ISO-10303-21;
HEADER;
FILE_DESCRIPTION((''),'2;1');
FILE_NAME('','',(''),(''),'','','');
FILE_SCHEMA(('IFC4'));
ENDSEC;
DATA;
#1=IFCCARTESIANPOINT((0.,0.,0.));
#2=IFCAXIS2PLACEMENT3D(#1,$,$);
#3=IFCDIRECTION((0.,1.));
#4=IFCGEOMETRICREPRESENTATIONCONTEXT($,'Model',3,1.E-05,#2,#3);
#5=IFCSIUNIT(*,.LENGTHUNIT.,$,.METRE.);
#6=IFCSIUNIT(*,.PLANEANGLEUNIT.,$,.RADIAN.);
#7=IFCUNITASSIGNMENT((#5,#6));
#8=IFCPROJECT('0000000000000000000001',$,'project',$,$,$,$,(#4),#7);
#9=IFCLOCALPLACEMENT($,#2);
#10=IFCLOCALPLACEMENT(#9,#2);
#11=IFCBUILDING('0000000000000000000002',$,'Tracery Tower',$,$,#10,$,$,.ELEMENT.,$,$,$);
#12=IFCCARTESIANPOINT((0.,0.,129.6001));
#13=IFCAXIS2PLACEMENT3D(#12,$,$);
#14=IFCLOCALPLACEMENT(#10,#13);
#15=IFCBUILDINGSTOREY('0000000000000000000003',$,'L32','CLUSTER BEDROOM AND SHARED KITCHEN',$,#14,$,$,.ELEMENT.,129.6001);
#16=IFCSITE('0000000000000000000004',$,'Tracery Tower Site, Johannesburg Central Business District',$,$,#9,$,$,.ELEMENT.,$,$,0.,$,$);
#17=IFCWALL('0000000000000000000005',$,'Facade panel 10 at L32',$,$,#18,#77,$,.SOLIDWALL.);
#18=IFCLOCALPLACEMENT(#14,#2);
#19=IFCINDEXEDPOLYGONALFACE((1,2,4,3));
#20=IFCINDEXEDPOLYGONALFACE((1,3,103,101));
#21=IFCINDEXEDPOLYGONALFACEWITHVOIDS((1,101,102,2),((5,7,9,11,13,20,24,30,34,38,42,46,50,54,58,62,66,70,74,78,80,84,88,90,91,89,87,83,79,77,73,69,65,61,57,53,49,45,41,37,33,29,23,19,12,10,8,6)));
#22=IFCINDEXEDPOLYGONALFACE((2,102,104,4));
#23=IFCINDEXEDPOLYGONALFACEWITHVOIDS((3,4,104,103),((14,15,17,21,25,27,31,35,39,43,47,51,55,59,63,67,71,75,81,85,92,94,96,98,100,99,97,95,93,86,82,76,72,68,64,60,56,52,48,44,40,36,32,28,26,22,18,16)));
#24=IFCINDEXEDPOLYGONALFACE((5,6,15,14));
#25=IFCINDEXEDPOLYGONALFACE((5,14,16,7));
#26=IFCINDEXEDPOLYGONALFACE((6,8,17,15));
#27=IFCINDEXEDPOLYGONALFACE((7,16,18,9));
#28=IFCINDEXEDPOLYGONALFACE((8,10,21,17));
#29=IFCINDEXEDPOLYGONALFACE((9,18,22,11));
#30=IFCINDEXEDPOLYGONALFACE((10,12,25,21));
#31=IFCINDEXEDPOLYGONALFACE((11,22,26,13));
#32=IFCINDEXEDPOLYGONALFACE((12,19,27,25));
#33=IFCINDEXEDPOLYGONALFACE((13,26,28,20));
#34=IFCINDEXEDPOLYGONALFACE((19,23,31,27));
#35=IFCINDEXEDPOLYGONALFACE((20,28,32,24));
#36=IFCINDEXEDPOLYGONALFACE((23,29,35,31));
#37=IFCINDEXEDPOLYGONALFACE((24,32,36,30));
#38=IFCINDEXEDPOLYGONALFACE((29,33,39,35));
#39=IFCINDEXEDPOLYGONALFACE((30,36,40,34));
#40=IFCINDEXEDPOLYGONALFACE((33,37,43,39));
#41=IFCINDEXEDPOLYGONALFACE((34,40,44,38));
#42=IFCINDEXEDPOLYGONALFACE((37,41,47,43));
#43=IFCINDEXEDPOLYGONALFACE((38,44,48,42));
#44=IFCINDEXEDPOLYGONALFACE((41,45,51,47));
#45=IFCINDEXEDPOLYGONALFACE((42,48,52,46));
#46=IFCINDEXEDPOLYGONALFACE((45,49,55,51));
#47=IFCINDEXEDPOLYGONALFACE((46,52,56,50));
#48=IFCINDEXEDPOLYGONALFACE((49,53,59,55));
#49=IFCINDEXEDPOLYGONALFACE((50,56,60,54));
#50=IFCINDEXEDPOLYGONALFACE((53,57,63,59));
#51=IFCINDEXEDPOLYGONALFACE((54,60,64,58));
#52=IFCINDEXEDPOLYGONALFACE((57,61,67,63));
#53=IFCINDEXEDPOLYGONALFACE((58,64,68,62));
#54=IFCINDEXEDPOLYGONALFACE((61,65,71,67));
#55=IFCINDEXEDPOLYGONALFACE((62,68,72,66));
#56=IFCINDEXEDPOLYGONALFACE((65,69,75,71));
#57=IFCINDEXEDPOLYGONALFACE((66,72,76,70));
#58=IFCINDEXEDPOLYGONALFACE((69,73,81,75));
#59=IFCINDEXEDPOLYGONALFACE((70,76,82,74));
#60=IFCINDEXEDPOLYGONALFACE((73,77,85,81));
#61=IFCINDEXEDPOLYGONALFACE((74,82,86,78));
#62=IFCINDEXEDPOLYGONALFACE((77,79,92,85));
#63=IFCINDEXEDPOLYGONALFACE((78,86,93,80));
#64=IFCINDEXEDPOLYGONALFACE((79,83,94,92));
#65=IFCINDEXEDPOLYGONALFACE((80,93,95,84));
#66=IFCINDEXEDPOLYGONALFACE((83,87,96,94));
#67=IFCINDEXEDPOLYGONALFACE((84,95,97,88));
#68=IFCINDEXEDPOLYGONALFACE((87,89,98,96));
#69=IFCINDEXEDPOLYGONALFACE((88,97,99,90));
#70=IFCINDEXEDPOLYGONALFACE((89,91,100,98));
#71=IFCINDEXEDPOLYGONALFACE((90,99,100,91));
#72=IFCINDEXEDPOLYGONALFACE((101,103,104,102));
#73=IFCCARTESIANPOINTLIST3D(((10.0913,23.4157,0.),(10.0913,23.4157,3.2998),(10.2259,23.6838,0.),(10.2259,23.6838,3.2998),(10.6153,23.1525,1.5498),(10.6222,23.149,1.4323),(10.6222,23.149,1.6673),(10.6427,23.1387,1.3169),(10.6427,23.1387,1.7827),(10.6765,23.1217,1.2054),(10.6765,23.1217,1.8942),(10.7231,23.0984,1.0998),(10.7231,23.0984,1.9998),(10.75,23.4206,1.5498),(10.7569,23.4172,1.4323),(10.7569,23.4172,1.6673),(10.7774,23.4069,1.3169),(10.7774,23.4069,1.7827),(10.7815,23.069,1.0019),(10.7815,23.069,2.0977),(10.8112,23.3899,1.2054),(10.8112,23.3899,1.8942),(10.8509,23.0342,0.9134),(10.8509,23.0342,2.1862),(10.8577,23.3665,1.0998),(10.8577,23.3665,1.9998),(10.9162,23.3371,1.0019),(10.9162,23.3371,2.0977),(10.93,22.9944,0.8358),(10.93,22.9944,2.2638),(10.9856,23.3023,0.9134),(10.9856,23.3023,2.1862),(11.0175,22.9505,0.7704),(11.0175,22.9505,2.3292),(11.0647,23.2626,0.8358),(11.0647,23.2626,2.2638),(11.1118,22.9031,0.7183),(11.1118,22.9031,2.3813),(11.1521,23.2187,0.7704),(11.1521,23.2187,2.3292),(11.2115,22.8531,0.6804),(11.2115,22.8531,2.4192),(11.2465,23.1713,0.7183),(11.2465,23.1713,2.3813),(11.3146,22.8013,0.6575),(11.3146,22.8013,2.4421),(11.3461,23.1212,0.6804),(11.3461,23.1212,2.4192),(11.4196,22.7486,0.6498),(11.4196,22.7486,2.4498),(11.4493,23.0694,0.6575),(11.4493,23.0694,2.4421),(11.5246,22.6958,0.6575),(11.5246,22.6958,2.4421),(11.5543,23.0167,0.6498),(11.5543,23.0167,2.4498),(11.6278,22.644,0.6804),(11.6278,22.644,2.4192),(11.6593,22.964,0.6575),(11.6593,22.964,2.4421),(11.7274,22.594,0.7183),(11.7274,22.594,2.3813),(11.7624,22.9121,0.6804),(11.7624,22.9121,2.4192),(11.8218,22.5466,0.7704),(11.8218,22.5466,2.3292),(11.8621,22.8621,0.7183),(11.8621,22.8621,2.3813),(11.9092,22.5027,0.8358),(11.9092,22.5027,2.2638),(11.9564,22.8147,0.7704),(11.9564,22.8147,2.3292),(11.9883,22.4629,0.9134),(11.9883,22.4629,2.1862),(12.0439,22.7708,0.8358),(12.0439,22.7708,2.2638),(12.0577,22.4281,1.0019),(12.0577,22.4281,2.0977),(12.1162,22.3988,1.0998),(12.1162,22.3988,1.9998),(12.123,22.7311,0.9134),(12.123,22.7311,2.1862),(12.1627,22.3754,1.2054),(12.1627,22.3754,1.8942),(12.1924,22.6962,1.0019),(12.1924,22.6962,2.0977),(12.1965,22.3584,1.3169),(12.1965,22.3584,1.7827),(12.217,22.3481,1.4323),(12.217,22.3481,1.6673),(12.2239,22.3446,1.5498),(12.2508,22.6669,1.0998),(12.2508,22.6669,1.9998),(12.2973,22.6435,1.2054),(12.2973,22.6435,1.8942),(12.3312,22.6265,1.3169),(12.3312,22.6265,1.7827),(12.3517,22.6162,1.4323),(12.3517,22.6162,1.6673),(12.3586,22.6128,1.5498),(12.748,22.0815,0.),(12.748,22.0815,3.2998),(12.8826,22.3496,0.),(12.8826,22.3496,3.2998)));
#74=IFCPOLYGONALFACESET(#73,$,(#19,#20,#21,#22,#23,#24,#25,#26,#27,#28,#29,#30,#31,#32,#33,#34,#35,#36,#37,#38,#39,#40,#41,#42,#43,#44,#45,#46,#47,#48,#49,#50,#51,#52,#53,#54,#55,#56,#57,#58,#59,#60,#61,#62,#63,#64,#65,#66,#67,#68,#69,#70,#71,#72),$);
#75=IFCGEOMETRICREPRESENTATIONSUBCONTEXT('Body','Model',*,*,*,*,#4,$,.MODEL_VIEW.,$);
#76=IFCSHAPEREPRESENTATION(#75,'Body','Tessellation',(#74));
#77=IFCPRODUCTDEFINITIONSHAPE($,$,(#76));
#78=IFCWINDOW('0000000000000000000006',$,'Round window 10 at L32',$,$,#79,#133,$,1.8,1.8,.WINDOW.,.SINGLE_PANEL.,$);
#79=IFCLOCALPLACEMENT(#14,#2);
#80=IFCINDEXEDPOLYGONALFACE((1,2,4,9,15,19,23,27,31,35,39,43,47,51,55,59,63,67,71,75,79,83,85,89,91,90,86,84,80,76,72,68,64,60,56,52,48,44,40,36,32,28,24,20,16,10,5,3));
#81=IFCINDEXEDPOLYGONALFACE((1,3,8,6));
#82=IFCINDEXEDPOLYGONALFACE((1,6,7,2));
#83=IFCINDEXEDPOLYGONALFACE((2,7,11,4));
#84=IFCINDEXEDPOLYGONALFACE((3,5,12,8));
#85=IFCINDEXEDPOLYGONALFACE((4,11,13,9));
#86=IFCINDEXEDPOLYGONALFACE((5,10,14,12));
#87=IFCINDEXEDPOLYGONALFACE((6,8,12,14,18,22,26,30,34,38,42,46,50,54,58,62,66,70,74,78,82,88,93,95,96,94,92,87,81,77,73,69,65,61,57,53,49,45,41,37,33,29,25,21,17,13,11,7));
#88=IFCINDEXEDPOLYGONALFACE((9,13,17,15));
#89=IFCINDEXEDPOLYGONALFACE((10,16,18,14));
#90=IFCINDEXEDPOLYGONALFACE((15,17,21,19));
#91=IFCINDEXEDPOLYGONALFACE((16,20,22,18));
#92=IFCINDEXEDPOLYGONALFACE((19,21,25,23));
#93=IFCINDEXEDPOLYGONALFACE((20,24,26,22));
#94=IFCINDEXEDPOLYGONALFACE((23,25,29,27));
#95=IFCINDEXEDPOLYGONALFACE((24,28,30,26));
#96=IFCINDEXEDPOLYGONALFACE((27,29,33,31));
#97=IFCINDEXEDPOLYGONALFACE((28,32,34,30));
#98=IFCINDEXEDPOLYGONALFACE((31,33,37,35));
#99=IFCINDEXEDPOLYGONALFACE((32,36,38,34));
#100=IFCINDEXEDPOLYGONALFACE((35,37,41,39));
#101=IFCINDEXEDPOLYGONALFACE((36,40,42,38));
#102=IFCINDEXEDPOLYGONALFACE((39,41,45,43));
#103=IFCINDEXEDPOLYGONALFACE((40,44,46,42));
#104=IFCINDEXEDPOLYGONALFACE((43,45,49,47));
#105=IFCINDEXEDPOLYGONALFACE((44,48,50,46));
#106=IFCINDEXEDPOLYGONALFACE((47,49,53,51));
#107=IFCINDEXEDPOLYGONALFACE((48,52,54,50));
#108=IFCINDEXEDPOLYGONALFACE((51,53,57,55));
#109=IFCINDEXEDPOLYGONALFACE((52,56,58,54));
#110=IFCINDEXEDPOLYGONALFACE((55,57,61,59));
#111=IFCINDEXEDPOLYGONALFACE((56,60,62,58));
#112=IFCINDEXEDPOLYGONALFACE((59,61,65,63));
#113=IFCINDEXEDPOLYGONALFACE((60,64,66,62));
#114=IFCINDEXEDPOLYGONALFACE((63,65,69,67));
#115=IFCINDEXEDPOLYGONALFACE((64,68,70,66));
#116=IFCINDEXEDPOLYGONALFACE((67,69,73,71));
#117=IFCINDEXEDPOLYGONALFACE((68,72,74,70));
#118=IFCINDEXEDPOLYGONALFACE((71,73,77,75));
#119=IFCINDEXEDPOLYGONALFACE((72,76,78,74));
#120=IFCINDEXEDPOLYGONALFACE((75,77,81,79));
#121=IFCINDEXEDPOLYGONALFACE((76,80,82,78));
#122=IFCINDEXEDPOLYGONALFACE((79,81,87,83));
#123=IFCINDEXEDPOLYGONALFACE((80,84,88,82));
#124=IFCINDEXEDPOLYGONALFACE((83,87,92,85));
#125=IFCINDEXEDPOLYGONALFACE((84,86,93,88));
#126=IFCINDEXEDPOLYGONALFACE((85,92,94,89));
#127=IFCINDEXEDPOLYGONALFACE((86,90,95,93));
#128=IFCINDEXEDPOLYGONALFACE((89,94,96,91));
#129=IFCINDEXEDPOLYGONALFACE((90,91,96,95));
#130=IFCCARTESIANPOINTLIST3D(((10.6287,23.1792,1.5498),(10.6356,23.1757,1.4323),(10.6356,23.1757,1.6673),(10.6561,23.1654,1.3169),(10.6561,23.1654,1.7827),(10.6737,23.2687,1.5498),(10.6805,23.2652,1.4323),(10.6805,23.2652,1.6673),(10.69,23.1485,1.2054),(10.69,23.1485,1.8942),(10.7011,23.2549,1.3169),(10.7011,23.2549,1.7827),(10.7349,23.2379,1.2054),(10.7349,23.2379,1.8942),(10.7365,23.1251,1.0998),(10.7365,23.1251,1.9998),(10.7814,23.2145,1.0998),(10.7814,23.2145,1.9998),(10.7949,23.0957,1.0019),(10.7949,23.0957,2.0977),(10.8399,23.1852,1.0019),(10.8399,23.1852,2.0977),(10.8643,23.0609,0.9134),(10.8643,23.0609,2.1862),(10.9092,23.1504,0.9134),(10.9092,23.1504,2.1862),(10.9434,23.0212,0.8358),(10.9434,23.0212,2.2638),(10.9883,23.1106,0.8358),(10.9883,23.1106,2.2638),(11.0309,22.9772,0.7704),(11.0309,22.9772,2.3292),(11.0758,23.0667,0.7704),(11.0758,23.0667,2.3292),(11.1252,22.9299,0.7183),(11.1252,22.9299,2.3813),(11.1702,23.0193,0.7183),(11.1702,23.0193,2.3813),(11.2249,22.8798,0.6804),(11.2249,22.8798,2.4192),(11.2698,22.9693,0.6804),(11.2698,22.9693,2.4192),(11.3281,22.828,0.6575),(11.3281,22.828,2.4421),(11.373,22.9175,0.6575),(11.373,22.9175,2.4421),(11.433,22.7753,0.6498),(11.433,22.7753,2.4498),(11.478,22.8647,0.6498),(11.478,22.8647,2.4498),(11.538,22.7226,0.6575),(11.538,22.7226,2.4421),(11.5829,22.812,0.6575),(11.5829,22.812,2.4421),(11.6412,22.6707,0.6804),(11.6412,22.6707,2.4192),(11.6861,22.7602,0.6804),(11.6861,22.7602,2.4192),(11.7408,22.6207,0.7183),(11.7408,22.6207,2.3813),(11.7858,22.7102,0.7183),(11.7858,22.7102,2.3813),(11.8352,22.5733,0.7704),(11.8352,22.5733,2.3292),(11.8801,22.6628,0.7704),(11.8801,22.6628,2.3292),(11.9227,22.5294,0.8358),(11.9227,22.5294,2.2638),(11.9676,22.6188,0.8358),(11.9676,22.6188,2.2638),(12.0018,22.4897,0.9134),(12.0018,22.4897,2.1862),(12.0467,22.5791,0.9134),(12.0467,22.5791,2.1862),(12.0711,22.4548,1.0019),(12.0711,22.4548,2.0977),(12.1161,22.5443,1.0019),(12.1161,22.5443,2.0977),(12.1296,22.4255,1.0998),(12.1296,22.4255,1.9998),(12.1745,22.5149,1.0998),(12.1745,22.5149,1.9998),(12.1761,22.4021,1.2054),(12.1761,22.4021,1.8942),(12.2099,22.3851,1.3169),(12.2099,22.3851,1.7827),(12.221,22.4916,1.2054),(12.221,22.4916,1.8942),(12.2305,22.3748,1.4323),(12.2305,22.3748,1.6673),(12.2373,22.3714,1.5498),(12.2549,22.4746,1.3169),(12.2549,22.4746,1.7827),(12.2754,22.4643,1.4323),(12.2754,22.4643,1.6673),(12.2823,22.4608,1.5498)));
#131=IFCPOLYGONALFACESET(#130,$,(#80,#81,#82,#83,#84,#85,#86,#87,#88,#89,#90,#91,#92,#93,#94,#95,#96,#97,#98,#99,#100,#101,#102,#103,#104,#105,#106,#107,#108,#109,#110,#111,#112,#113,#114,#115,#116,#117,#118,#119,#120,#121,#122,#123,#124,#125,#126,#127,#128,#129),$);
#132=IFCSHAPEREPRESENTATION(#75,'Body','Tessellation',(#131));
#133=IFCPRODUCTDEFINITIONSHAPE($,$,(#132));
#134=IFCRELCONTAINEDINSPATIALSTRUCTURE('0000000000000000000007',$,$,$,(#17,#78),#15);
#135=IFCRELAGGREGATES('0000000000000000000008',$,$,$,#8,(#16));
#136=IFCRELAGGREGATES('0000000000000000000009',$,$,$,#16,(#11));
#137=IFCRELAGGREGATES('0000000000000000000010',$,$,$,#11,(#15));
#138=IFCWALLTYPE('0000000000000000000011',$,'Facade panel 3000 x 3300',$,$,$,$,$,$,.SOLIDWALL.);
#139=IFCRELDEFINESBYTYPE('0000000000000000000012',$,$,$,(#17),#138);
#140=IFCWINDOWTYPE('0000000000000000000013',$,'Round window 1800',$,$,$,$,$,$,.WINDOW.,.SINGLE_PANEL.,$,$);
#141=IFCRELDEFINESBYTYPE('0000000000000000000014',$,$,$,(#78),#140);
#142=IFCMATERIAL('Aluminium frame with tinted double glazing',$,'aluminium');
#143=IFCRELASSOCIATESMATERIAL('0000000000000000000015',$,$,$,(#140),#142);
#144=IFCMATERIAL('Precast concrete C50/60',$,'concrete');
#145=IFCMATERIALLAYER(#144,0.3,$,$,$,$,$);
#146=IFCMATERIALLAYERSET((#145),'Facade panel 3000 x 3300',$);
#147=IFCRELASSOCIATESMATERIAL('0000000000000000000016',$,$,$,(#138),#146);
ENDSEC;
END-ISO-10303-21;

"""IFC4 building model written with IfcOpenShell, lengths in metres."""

from ifc_helpers import new_model, si_unit, direction, frame, frame_2d, origin, origin_2d, place, context, subcontext, project, spatial, rectangle, circle, extrude, material, layer, layer_set, type_object, element, fill, save


model = new_model("IFC4")

# Units and contexts
model_context = context("Model", 3, precision=1e-05, world=origin(), true_north=direction((0.0, 1.0)))
body_context = subcontext(model_context, "Body", "Model", "MODEL_VIEW")
ifc_project = project(units=[si_unit("LENGTHUNIT", "METRE"), si_unit("PLANEANGLEUNIT", "RADIAN")], contexts=[model_context])

# Site, building, storey
site_placement = place(None, origin())
site = spatial("IfcSite", under=ifc_project, at=site_placement, Name="Tracery Tower Site, Johannesburg Central Business District", CompositionType="ELEMENT", RefElevation=0.0)
building_placement = place(site_placement, origin())
building = spatial("IfcBuilding", under=site, at=building_placement, Name="Tracery Tower", CompositionType="ELEMENT")
storey_placement = place(building_placement, frame((0.0, 0.0, 129.6001)))
storey = spatial("IfcBuildingStorey", under=building, at=storey_placement, Name="L32", Description="CLUSTER BEDROOM AND SHARED KITCHEN", CompositionType="ELEMENT", Elevation=129.6001)

# Wall, opening, window
ifc_material_1 = material(Name="Aluminium frame with tinted double glazing", Category="aluminium")
window_type = type_object("IfcWindowType", Name="Round window 1800", PartitioningType="SINGLE_PANEL", PredefinedType="WINDOW", material=ifc_material_1)
ifc_material_2 = material(Name="Precast concrete C50/60", Category="concrete")
ifc_layer_1 = layer(ifc_material_2, 0.3)
ifc_layer_set_1 = layer_set([ifc_layer_1], Name="Facade panel 3000 x 3300")
wall_type_1 = type_object("IfcWallType", Name="Facade panel 3000 x 3300", PredefinedType="SOLIDWALL", material=ifc_layer_set_1)
wall_1_placement = place(storey_placement, frame((12.8152, 22.2156, 0.0), z_axis=(0.0, 0.0, 1.0), x_axis=(-0.893637, 0.44879, 0.0)))
wall_1 = element("IfcWall", 1, at=wall_1_placement, inside=storey, type_object=wall_type_1, Name="Facade panel 10 at L32", PredefinedType="SOLIDWALL", context=body_context, shape_type="SweptSolid", body=[
    extrude(rectangle(XDim=2.9729, YDim=0.3, at=frame_2d((1.4863, 0.0))), origin(), (0.0, 0.0, 1.0), 3.2998),
])
opening_1_placement = place(wall_1_placement, frame((1.4863, 0.0, 1.5498)))
opening_1 = element("IfcOpeningElement", 2, at=opening_1_placement, cuts=wall_1, PredefinedType="OPENING", context=body_context, shape_type="SweptSolid", body=[
    extrude(circle(Radius=0.9, at=origin_2d()), frame((0.0, 0.1599, 0.0), z_axis=(0.0, -1.0, 0.0), x_axis=(1.0, 0.0, 0.0)), (0.0, 0.0, 1.0), 0.3201),
])
window_1_placement = place(opening_1_placement, origin())
window_1 = element("IfcWindow", 3, at=window_1_placement, inside=storey, type_object=window_type, Name="Round window 10 at L32", OverallHeight=1.8, OverallWidth=1.8, PartitioningType="SINGLE_PANEL", PredefinedType="WINDOW", context=body_context, shape_type="SweptSolid", body=[
    extrude(circle(Radius=0.9, at=origin_2d()), frame((0.0, 0.1201, 0.0), z_axis=(0.0, -1.0, 0.0), x_axis=(1.0, 0.0, 0.0)), (0.0, 0.0, 1.0), 0.1001),
])
fill(opening_1, window_1)

save(model, "model.ifc")
